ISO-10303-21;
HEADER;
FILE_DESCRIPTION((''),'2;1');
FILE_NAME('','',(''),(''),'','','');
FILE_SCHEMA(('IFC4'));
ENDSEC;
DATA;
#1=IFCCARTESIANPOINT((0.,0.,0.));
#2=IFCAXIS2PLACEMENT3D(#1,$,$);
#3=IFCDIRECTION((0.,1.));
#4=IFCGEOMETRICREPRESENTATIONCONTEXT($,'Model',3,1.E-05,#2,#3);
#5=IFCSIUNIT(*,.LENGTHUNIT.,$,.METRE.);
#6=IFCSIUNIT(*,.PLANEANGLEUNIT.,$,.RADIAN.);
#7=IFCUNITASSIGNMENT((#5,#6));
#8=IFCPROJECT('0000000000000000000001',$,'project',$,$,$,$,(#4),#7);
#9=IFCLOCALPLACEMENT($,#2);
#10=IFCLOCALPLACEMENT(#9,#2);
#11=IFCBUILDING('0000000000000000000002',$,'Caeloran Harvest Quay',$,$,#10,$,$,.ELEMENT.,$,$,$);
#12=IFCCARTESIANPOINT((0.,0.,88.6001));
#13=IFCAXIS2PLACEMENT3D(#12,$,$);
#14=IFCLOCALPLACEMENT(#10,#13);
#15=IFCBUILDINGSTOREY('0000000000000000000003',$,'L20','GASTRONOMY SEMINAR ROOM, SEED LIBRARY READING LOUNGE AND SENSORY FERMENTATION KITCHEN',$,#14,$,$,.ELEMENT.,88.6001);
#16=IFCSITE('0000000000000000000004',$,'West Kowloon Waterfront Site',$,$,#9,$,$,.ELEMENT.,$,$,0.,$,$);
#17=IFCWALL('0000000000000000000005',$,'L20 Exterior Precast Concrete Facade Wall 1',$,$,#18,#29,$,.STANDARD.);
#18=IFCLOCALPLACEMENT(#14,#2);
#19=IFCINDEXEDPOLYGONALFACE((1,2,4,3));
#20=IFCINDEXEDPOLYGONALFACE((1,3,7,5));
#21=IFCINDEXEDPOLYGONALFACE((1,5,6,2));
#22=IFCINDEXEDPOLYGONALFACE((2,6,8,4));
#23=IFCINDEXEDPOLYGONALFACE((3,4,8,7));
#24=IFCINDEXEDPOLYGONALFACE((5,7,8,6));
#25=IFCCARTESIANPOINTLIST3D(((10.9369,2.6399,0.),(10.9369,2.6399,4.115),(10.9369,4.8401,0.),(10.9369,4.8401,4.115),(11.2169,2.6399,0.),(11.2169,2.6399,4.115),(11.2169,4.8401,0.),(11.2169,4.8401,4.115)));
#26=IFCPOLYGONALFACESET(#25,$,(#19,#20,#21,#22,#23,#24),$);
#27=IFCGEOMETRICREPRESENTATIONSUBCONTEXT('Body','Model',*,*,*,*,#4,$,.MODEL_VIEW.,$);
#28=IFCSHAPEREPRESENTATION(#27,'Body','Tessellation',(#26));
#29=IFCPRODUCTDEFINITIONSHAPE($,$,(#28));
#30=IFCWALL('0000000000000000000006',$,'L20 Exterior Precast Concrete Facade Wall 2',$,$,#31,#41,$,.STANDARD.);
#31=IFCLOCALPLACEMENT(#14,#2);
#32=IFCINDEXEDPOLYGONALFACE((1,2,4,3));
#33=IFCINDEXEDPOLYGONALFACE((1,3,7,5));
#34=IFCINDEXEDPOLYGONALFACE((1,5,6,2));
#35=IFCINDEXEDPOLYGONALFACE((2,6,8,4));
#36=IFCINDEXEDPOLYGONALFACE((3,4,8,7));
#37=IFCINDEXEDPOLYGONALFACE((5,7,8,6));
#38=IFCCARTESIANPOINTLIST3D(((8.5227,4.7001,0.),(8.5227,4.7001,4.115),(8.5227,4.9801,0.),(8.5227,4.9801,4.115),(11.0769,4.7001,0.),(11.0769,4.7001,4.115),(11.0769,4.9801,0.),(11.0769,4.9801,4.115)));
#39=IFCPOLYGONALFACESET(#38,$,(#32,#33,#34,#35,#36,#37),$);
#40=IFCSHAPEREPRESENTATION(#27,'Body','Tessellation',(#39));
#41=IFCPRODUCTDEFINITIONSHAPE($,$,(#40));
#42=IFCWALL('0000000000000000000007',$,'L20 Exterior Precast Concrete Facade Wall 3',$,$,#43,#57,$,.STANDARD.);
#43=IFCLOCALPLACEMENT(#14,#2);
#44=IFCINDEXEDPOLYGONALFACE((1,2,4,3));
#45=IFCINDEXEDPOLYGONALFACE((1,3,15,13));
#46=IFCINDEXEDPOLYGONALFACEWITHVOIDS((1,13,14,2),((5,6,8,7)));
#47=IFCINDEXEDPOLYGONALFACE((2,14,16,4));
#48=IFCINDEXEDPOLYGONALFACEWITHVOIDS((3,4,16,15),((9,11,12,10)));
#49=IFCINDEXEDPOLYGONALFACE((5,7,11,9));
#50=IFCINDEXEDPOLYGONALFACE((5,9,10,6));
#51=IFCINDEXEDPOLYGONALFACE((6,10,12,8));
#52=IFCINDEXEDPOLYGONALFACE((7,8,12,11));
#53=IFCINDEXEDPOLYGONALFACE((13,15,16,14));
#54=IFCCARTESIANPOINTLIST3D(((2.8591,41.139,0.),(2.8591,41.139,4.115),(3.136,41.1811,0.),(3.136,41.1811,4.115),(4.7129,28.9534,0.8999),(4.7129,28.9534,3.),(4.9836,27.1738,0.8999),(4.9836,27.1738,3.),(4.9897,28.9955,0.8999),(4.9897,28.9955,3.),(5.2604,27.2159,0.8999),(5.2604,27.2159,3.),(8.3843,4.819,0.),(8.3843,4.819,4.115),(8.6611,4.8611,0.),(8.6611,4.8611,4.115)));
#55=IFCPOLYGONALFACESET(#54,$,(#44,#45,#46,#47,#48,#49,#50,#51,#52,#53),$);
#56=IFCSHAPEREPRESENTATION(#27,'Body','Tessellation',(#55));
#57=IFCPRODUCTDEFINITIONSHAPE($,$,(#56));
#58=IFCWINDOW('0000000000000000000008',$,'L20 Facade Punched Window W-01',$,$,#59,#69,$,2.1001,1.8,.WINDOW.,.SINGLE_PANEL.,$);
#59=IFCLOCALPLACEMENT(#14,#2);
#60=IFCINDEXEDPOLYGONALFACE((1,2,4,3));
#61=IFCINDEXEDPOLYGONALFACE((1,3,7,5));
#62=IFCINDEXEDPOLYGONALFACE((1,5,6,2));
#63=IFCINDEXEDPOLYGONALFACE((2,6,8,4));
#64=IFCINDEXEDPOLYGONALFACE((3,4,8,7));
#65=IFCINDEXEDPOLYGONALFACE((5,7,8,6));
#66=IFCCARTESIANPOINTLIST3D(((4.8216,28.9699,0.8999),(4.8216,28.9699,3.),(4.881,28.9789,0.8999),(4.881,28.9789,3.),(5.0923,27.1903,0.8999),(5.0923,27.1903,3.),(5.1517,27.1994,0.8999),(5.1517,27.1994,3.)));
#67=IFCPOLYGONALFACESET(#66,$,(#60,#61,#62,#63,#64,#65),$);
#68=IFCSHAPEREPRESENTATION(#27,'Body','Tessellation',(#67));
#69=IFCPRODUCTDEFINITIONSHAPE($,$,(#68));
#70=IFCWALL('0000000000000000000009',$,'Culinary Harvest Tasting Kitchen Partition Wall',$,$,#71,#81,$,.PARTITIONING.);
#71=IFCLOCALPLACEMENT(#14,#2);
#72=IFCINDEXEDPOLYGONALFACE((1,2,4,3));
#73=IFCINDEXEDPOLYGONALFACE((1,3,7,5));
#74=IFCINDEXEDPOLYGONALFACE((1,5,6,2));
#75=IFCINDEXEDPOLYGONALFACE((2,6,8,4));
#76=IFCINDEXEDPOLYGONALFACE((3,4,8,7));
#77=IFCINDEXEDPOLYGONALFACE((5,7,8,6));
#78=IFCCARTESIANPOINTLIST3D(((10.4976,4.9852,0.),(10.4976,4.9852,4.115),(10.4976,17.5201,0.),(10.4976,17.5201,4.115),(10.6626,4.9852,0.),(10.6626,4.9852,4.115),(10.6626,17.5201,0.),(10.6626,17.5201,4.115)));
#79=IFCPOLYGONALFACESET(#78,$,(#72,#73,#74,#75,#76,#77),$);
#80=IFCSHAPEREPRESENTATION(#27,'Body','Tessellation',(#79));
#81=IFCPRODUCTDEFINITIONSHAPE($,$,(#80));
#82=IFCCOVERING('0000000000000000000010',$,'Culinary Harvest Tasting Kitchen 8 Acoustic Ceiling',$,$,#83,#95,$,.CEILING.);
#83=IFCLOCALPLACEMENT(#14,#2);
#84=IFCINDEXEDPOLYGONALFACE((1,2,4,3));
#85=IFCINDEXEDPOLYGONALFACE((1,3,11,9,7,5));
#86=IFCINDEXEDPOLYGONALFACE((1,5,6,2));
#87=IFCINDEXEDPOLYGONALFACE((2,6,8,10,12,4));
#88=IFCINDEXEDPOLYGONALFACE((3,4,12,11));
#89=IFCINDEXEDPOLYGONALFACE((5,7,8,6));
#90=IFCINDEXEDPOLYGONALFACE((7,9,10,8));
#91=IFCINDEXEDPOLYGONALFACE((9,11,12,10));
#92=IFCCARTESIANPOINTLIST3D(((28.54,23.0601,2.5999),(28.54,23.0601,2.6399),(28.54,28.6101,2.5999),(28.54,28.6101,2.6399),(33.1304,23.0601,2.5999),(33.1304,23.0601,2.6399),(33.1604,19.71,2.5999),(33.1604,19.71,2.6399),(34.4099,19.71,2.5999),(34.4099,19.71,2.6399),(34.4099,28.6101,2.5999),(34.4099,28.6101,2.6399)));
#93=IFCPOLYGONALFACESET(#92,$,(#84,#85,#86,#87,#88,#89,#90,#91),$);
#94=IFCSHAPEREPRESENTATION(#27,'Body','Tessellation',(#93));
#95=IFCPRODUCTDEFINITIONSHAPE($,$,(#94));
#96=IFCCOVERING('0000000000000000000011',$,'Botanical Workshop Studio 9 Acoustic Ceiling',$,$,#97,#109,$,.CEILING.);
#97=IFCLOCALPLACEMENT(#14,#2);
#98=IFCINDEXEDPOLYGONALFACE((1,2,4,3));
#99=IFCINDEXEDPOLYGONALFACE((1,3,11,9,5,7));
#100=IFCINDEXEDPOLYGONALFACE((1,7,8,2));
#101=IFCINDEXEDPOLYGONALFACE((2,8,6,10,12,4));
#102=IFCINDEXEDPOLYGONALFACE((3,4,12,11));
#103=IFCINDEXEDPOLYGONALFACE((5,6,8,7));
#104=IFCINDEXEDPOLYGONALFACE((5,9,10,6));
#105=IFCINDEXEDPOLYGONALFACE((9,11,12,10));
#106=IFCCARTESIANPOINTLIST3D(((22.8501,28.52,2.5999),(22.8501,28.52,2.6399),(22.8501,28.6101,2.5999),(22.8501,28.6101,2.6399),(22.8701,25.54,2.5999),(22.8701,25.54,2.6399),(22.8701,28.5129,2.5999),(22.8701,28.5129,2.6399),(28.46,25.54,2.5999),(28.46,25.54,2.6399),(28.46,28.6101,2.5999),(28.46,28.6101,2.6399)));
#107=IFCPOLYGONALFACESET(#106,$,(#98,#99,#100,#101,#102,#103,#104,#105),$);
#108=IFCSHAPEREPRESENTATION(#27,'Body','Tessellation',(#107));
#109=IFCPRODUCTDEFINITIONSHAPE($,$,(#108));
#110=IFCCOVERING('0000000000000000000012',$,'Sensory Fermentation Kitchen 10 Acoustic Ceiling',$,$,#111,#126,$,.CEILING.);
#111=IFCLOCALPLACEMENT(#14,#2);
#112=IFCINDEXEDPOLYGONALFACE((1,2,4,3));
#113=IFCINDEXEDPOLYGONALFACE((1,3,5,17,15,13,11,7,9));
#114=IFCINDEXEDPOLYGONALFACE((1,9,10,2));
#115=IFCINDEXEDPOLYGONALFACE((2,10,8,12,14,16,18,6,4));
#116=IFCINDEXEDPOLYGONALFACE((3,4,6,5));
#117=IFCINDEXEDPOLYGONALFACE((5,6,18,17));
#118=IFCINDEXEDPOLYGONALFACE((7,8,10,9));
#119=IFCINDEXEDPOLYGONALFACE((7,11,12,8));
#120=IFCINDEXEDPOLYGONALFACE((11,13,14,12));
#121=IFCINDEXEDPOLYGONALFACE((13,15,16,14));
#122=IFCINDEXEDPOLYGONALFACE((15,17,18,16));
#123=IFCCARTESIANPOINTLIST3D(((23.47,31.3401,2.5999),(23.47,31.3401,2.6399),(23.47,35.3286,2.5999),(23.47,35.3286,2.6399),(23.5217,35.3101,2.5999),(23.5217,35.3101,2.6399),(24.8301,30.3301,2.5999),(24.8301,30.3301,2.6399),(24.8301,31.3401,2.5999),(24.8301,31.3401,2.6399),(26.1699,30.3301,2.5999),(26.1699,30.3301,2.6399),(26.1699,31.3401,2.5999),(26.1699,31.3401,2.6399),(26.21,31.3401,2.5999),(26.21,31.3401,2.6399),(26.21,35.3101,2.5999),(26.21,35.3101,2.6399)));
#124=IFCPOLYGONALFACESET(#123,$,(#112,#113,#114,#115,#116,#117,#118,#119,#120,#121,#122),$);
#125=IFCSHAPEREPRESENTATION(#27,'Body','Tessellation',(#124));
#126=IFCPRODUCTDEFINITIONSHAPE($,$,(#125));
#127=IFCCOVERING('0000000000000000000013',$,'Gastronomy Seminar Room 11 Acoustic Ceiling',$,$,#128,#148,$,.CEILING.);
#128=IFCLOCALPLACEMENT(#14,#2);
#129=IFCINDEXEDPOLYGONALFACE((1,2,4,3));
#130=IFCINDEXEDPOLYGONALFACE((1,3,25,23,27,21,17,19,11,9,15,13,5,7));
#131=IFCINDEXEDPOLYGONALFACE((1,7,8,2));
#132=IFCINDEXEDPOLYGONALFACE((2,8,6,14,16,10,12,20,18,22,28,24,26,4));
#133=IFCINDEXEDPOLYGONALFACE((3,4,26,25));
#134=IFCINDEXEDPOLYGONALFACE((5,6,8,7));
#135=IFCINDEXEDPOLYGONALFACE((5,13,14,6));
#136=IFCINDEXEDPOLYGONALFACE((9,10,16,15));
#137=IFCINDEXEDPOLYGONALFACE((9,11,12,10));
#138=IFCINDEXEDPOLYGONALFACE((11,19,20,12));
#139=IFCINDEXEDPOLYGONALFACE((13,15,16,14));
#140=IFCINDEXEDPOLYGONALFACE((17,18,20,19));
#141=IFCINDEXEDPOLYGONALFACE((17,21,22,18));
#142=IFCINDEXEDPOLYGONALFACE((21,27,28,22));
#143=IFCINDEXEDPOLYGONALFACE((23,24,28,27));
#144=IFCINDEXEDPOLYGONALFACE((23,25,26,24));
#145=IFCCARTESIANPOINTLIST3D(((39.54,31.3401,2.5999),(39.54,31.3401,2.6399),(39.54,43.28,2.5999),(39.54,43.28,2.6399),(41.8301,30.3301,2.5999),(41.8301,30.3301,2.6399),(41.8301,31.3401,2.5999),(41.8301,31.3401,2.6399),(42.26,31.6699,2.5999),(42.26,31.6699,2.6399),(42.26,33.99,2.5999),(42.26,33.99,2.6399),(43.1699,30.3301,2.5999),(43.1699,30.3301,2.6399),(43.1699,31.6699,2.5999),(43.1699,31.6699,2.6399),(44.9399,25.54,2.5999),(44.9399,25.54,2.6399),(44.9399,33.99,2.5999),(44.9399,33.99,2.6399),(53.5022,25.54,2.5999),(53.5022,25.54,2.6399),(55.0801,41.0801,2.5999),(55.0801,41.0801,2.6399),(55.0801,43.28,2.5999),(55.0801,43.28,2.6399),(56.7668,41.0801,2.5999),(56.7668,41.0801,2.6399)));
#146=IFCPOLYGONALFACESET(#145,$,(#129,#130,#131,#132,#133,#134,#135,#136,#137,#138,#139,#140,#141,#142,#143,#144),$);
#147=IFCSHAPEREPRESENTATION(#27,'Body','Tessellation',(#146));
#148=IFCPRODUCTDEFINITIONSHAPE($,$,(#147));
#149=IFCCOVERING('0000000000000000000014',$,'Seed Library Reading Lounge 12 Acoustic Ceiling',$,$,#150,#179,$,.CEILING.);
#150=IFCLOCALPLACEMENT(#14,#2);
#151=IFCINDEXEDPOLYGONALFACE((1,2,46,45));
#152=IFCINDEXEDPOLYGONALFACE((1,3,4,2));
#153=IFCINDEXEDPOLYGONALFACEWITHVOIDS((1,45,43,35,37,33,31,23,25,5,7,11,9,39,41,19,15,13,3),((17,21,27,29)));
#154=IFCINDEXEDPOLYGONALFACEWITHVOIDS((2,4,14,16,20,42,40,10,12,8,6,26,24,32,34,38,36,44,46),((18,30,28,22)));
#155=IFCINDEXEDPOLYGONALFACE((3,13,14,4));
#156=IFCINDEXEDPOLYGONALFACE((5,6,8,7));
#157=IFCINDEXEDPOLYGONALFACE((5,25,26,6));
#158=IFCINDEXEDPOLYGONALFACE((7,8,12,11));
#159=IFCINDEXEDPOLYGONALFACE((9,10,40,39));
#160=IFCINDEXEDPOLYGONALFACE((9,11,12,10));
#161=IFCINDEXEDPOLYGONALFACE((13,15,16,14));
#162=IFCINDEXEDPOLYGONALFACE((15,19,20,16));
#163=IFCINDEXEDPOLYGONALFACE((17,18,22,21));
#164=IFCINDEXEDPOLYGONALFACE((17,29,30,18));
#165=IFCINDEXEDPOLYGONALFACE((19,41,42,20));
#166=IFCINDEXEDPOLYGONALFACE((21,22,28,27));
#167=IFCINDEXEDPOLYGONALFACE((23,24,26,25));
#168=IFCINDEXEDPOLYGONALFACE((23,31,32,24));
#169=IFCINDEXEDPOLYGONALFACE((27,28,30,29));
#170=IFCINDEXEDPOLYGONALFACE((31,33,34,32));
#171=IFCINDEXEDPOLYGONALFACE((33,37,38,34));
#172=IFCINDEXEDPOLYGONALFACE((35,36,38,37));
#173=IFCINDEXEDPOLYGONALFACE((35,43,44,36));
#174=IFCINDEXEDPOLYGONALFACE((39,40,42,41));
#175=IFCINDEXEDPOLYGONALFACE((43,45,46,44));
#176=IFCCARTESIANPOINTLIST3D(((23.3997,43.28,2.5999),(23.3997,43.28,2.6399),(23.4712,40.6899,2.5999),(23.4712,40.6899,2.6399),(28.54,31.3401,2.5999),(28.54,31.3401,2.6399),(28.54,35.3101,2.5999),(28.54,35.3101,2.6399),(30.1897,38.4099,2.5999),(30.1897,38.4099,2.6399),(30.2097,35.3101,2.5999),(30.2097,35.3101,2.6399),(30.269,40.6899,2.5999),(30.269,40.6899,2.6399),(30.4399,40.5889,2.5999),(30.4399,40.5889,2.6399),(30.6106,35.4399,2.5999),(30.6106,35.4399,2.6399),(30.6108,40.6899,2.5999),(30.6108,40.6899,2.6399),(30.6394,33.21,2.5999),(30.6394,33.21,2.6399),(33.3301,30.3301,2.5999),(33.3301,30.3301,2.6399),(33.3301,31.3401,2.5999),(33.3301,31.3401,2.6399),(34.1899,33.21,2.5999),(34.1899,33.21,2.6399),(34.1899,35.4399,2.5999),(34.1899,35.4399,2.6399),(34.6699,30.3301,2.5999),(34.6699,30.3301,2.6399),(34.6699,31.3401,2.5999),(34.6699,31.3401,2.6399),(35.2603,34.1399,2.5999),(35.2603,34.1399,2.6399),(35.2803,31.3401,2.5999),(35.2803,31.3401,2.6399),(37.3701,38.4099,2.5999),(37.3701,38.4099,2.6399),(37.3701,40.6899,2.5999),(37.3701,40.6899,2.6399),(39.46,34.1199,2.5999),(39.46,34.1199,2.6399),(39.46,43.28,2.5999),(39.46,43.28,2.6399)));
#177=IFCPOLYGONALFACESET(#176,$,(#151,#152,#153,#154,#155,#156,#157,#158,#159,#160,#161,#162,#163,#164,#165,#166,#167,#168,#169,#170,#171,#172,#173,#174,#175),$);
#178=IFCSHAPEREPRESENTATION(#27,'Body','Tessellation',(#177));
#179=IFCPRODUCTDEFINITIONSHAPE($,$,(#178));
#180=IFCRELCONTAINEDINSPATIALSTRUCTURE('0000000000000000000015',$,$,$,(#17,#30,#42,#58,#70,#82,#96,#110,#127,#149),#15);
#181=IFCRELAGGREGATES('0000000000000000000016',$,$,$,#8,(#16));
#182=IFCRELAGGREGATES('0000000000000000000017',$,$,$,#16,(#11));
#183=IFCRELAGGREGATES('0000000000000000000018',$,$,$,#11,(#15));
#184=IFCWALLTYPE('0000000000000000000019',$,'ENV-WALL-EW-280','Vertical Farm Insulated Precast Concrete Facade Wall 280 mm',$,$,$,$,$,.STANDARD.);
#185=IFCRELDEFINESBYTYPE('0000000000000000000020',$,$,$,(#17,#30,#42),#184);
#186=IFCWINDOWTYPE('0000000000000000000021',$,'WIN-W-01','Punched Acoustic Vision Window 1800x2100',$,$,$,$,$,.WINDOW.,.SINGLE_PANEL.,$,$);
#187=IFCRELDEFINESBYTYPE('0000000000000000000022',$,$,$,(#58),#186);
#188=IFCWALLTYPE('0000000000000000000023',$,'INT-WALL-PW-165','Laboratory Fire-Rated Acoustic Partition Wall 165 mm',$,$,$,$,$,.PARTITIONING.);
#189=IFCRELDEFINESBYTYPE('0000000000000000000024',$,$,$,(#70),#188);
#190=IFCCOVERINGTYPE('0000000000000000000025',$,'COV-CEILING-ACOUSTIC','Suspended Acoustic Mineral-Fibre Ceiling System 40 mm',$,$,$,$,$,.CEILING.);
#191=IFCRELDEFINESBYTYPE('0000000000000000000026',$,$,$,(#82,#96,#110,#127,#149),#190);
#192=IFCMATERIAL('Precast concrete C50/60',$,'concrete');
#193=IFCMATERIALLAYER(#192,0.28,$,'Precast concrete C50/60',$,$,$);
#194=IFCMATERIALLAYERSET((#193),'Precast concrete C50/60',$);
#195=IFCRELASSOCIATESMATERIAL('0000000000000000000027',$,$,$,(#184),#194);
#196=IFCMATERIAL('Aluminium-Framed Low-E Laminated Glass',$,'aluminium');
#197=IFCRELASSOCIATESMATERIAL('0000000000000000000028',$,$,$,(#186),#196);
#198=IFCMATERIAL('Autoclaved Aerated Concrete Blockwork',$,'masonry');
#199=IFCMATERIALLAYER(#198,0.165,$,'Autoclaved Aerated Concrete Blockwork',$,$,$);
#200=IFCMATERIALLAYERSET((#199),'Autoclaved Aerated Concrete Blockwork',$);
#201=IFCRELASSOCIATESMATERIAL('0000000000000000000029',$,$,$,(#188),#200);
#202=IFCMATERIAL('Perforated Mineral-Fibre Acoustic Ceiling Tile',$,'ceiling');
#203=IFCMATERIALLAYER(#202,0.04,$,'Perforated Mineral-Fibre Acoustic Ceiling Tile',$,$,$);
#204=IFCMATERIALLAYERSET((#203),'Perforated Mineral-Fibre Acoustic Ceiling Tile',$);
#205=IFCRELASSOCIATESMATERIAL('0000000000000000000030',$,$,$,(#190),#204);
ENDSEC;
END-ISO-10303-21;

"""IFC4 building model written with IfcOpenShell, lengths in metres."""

from ifc_helpers import new_model, si_unit, direction, frame, frame_2d, origin, place, context, subcontext, project, spatial, polyline, rectangle, outline, extrude, material, layer, layer_set, type_object, element, fill, save


model = new_model("IFC4")

# Units and contexts
model_context = context("Model", 3, precision=1e-05, world=origin(), true_north=direction((0.0, 1.0)))
body_context = subcontext(model_context, "Body", "Model", "MODEL_VIEW")
ifc_project = project(units=[si_unit("LENGTHUNIT", "METRE"), si_unit("PLANEANGLEUNIT", "RADIAN")], contexts=[model_context])

# Site, building, storey
site_placement = place(None, origin())
site = spatial("IfcSite", under=ifc_project, at=site_placement, Name="West Kowloon Waterfront Site", CompositionType="ELEMENT", RefElevation=0.0)
building_placement = place(site_placement, origin())
building = spatial("IfcBuilding", under=site, at=building_placement, Name="Caeloran Harvest Quay", CompositionType="ELEMENT")
storey_placement = place(building_placement, frame((0.0, 0.0, 88.6001)))
storey = spatial("IfcBuildingStorey", under=building, at=storey_placement, Name="L20", Description="GASTRONOMY SEMINAR ROOM, SEED LIBRARY READING LOUNGE AND SENSORY FERMENTATION KITCHEN", CompositionType="ELEMENT", Elevation=88.6001)

# Walls
ifc_material_1 = material(Name="Precast concrete C50/60", Category="concrete")
ifc_layer_1 = layer(ifc_material_1, 0.28, Name="Precast concrete C50/60")
ifc_layer_set_1 = layer_set([ifc_layer_1], Name="Precast concrete C50/60")
wall_type_1 = type_object("IfcWallType", Name="ENV-WALL-EW-280", Description="Vertical Farm Insulated Precast Concrete Facade Wall 280 mm", PredefinedType="STANDARD", material=ifc_layer_set_1)
wall_1_placement = place(storey_placement, frame((11.0769, 2.6399, 0.0), z_axis=(0.0, 0.0, 1.0), x_axis=(0.0, 1.0, 0.0)))
element("IfcWall", 1, at=wall_1_placement, inside=storey, type_object=wall_type_1, Name="L20 Exterior Precast Concrete Facade Wall 1", PredefinedType="STANDARD", context=body_context, shape_type="SweptSolid", body=[
    extrude(rectangle(XDim=2.2002, YDim=0.28, at=frame_2d((1.1001, 0.0))), origin(), (0.0, 0.0, 1.0), 4.115),
])
wall_2_placement = place(storey_placement, frame((11.0769, 4.8401, 0.0), z_axis=(0.0, 0.0, 1.0), x_axis=(-1.0, 0.0, 0.0)))
element("IfcWall", 2, at=wall_2_placement, inside=storey, type_object=wall_type_1, Name="L20 Exterior Precast Concrete Facade Wall 2", PredefinedType="STANDARD", context=body_context, shape_type="SweptSolid", body=[
    extrude(rectangle(XDim=2.5542, YDim=0.28, at=frame_2d((1.2771, 0.0))), origin(), (0.0, 0.0, 1.0), 4.115),
])

# Wall, opening, window
wall_3_placement = place(storey_placement, frame((8.5227, 4.8401, 0.0), z_axis=(0.0, 0.0, 1.0), x_axis=(-0.150395, 0.988626, 0.0)))
wall_3 = element("IfcWall", 3, at=wall_3_placement, inside=storey, type_object=wall_type_1, Name="L20 Exterior Precast Concrete Facade Wall 3", PredefinedType="STANDARD", context=body_context, shape_type="SweptSolid", body=[
    extrude(rectangle(XDim=36.7378, YDim=0.28, at=frame_2d((18.3689, 0.0))), origin(), (0.0, 0.0, 1.0), 4.115),
])
opening_placement = place(wall_3_placement, frame((22.6121, 0.0, 0.8999)))
opening = element("IfcOpeningElement", 4, at=opening_placement, cuts=wall_3, PredefinedType="OPENING", context=body_context, shape_type="SweptSolid", body=[
    extrude(rectangle(XDim=1.8, YDim=2.1001, at=frame_2d((0.8999, 1.05))), frame((0.0, 0.1499, 0.0), z_axis=(0.0, -1.0, 0.0), x_axis=(1.0, 0.0, 0.0)), (0.0, 0.0, 1.0), 0.3),
])
ifc_material_2 = material(Name="Aluminium-Framed Low-E Laminated Glass", Category="aluminium")
window_type = type_object("IfcWindowType", Name="WIN-W-01", Description="Punched Acoustic Vision Window 1800x2100", PartitioningType="SINGLE_PANEL", PredefinedType="WINDOW", material=ifc_material_2)
window_placement = place(opening_placement, origin())
window = element("IfcWindow", 5, at=window_placement, inside=storey, type_object=window_type, Name="L20 Facade Punched Window W-01", OverallHeight=2.1001, OverallWidth=1.8, PartitioningType="SINGLE_PANEL", PredefinedType="WINDOW", context=body_context, shape_type="SweptSolid", body=[
    extrude(rectangle(XDim=1.8, YDim=2.1001, at=frame_2d((0.8999, 1.05))), frame((0.0, 0.03, 0.0), z_axis=(0.0, -1.0, 0.0), x_axis=(1.0, 0.0, 0.0)), (0.0, 0.0, 1.0), 0.0601),
])
fill(opening, window)

# Wall
ifc_material_3 = material(Name="Autoclaved Aerated Concrete Blockwork", Category="masonry")
ifc_layer_2 = layer(ifc_material_3, 0.165, Name="Autoclaved Aerated Concrete Blockwork")
ifc_layer_set_2 = layer_set([ifc_layer_2], Name="Autoclaved Aerated Concrete Blockwork")
wall_type_2 = type_object("IfcWallType", Name="INT-WALL-PW-165", Description="Laboratory Fire-Rated Acoustic Partition Wall 165 mm", PredefinedType="PARTITIONING", material=ifc_layer_set_2)
wall_4_placement = place(storey_placement, frame((10.5801, 4.9851, 0.0), z_axis=(0.0, 0.0, 1.0), x_axis=(0.0, 1.0, 0.0)))
element("IfcWall", 6, at=wall_4_placement, inside=storey, type_object=wall_type_2, Name="Culinary Harvest Tasting Kitchen Partition Wall", PredefinedType="PARTITIONING", context=body_context, shape_type="SweptSolid", body=[
    extrude(rectangle(XDim=12.5349, YDim=0.165, at=frame_2d((6.2676, 0.0))), origin(), (0.0, 0.0, 1.0), 4.115),
])

# Coverings
ifc_material_4 = material(Name="Perforated Mineral-Fibre Acoustic Ceiling Tile", Category="ceiling")
ifc_layer_3 = layer(ifc_material_4, 0.04, Name="Perforated Mineral-Fibre Acoustic Ceiling Tile")
ifc_layer_set_3 = layer_set([ifc_layer_3], Name="Perforated Mineral-Fibre Acoustic Ceiling Tile")
covering_type_1 = type_object("IfcCoveringType", Name="COV-CEILING-ACOUSTIC", Description="Suspended Acoustic Mineral-Fibre Ceiling System 40 mm", PredefinedType="CEILING", material=ifc_layer_set_3)
covering_1_placement = place(storey_placement, frame((0.0, 0.0, 2.5999)))
element("IfcCovering", 7, at=covering_1_placement, inside=storey, type_object=covering_type_1, Name="Culinary Harvest Tasting Kitchen 8 Acoustic Ceiling", PredefinedType="CEILING", context=body_context, shape_type="SweptSolid", body=[
    extrude(outline(polyline([(28.54, 28.6101), (34.4099, 28.6101), (34.4099, 19.71), (33.1604, 19.71), (33.1304, 23.0601), (28.54, 23.0601), (28.54, 28.6101)])), origin(), (0.0, 0.0, 1.0), 0.04),
])
covering_2_placement = place(storey_placement, frame((0.0, 0.0, 2.5999)))
element("IfcCovering", 8, at=covering_2_placement, inside=storey, type_object=covering_type_1, Name="Botanical Workshop Studio 9 Acoustic Ceiling", PredefinedType="CEILING", context=body_context, shape_type="SweptSolid", body=[
    extrude(outline(polyline([(22.8701, 28.5129), (22.8501, 28.52), (22.8501, 28.6101), (28.46, 28.6101), (28.46, 25.54), (22.8701, 25.54), (22.8701, 28.5129)])), origin(), (0.0, 0.0, 1.0), 0.04),
])
covering_3_placement = place(storey_placement, frame((0.0, 0.0, 2.5999)))
element("IfcCovering", 9, at=covering_3_placement, inside=storey, type_object=covering_type_1, Name="Sensory Fermentation Kitchen 10 Acoustic Ceiling", PredefinedType="CEILING", context=body_context, shape_type="SweptSolid", body=[
    extrude(outline(polyline([(26.1699, 30.3301), (24.8301, 30.3301), (24.8301, 31.3401), (23.47, 31.3401), (23.47, 35.3286), (23.5217, 35.3101), (26.21, 35.3101), (26.21, 31.3401), (26.1699, 31.3401), (26.1699, 30.3301)])), origin(), (0.0, 0.0, 1.0), 0.04),
])
covering_4_placement = place(storey_placement, frame((0.0, 0.0, 2.5999)))
element("IfcCovering", 10, at=covering_4_placement, inside=storey, type_object=covering_type_1, Name="Gastronomy Seminar Room 11 Acoustic Ceiling", PredefinedType="CEILING", context=body_context, shape_type="SweptSolid", body=[
    extrude(outline(polyline([(41.8301, 31.3401), (39.54, 31.3401), (39.54, 43.28), (55.0801, 43.28), (55.0801, 41.0801), (56.7668, 41.0801), (53.5022, 25.54), (44.9399, 25.54), (44.9399, 33.99), (42.26, 33.99), (42.26, 31.6699), (43.1699, 31.6699), (43.1699, 30.3301), (41.8301, 30.3301), (41.8301, 31.3401)])), origin(), (0.0, 0.0, 1.0), 0.04),
])
covering_5_placement = place(storey_placement, frame((0.0, 0.0, 2.5999)))
element("IfcCovering", 11, at=covering_5_placement, inside=storey, type_object=covering_type_1, Name="Seed Library Reading Lounge 12 Acoustic Ceiling", PredefinedType="CEILING", context=body_context, shape_type="SweptSolid", body=[
    extrude(outline(polyline([(34.6699, 30.3301), (33.3301, 30.3301), (33.3301, 31.3401), (28.54, 31.3401), (28.54, 35.3101), (30.2097, 35.3101), (30.1897, 38.4099), (37.3701, 38.4099), (37.3701, 40.6899), (30.6108, 40.6899), (30.4399, 40.5889), (30.269, 40.6899), (23.4712, 40.6899), (23.3997, 43.28), (39.46, 43.28), (39.46, 34.1199), (35.2603, 34.1399), (35.2803, 31.3401), (34.6699, 31.3401), (34.6699, 30.3301)]), holes=[polyline([(30.6106, 35.4399), (30.6394, 33.21), (34.1899, 33.21), (34.1899, 35.4399), (30.6106, 35.4399)])]), origin(), (0.0, 0.0, 1.0), 0.04),
])

save(model, "model.ifc")
